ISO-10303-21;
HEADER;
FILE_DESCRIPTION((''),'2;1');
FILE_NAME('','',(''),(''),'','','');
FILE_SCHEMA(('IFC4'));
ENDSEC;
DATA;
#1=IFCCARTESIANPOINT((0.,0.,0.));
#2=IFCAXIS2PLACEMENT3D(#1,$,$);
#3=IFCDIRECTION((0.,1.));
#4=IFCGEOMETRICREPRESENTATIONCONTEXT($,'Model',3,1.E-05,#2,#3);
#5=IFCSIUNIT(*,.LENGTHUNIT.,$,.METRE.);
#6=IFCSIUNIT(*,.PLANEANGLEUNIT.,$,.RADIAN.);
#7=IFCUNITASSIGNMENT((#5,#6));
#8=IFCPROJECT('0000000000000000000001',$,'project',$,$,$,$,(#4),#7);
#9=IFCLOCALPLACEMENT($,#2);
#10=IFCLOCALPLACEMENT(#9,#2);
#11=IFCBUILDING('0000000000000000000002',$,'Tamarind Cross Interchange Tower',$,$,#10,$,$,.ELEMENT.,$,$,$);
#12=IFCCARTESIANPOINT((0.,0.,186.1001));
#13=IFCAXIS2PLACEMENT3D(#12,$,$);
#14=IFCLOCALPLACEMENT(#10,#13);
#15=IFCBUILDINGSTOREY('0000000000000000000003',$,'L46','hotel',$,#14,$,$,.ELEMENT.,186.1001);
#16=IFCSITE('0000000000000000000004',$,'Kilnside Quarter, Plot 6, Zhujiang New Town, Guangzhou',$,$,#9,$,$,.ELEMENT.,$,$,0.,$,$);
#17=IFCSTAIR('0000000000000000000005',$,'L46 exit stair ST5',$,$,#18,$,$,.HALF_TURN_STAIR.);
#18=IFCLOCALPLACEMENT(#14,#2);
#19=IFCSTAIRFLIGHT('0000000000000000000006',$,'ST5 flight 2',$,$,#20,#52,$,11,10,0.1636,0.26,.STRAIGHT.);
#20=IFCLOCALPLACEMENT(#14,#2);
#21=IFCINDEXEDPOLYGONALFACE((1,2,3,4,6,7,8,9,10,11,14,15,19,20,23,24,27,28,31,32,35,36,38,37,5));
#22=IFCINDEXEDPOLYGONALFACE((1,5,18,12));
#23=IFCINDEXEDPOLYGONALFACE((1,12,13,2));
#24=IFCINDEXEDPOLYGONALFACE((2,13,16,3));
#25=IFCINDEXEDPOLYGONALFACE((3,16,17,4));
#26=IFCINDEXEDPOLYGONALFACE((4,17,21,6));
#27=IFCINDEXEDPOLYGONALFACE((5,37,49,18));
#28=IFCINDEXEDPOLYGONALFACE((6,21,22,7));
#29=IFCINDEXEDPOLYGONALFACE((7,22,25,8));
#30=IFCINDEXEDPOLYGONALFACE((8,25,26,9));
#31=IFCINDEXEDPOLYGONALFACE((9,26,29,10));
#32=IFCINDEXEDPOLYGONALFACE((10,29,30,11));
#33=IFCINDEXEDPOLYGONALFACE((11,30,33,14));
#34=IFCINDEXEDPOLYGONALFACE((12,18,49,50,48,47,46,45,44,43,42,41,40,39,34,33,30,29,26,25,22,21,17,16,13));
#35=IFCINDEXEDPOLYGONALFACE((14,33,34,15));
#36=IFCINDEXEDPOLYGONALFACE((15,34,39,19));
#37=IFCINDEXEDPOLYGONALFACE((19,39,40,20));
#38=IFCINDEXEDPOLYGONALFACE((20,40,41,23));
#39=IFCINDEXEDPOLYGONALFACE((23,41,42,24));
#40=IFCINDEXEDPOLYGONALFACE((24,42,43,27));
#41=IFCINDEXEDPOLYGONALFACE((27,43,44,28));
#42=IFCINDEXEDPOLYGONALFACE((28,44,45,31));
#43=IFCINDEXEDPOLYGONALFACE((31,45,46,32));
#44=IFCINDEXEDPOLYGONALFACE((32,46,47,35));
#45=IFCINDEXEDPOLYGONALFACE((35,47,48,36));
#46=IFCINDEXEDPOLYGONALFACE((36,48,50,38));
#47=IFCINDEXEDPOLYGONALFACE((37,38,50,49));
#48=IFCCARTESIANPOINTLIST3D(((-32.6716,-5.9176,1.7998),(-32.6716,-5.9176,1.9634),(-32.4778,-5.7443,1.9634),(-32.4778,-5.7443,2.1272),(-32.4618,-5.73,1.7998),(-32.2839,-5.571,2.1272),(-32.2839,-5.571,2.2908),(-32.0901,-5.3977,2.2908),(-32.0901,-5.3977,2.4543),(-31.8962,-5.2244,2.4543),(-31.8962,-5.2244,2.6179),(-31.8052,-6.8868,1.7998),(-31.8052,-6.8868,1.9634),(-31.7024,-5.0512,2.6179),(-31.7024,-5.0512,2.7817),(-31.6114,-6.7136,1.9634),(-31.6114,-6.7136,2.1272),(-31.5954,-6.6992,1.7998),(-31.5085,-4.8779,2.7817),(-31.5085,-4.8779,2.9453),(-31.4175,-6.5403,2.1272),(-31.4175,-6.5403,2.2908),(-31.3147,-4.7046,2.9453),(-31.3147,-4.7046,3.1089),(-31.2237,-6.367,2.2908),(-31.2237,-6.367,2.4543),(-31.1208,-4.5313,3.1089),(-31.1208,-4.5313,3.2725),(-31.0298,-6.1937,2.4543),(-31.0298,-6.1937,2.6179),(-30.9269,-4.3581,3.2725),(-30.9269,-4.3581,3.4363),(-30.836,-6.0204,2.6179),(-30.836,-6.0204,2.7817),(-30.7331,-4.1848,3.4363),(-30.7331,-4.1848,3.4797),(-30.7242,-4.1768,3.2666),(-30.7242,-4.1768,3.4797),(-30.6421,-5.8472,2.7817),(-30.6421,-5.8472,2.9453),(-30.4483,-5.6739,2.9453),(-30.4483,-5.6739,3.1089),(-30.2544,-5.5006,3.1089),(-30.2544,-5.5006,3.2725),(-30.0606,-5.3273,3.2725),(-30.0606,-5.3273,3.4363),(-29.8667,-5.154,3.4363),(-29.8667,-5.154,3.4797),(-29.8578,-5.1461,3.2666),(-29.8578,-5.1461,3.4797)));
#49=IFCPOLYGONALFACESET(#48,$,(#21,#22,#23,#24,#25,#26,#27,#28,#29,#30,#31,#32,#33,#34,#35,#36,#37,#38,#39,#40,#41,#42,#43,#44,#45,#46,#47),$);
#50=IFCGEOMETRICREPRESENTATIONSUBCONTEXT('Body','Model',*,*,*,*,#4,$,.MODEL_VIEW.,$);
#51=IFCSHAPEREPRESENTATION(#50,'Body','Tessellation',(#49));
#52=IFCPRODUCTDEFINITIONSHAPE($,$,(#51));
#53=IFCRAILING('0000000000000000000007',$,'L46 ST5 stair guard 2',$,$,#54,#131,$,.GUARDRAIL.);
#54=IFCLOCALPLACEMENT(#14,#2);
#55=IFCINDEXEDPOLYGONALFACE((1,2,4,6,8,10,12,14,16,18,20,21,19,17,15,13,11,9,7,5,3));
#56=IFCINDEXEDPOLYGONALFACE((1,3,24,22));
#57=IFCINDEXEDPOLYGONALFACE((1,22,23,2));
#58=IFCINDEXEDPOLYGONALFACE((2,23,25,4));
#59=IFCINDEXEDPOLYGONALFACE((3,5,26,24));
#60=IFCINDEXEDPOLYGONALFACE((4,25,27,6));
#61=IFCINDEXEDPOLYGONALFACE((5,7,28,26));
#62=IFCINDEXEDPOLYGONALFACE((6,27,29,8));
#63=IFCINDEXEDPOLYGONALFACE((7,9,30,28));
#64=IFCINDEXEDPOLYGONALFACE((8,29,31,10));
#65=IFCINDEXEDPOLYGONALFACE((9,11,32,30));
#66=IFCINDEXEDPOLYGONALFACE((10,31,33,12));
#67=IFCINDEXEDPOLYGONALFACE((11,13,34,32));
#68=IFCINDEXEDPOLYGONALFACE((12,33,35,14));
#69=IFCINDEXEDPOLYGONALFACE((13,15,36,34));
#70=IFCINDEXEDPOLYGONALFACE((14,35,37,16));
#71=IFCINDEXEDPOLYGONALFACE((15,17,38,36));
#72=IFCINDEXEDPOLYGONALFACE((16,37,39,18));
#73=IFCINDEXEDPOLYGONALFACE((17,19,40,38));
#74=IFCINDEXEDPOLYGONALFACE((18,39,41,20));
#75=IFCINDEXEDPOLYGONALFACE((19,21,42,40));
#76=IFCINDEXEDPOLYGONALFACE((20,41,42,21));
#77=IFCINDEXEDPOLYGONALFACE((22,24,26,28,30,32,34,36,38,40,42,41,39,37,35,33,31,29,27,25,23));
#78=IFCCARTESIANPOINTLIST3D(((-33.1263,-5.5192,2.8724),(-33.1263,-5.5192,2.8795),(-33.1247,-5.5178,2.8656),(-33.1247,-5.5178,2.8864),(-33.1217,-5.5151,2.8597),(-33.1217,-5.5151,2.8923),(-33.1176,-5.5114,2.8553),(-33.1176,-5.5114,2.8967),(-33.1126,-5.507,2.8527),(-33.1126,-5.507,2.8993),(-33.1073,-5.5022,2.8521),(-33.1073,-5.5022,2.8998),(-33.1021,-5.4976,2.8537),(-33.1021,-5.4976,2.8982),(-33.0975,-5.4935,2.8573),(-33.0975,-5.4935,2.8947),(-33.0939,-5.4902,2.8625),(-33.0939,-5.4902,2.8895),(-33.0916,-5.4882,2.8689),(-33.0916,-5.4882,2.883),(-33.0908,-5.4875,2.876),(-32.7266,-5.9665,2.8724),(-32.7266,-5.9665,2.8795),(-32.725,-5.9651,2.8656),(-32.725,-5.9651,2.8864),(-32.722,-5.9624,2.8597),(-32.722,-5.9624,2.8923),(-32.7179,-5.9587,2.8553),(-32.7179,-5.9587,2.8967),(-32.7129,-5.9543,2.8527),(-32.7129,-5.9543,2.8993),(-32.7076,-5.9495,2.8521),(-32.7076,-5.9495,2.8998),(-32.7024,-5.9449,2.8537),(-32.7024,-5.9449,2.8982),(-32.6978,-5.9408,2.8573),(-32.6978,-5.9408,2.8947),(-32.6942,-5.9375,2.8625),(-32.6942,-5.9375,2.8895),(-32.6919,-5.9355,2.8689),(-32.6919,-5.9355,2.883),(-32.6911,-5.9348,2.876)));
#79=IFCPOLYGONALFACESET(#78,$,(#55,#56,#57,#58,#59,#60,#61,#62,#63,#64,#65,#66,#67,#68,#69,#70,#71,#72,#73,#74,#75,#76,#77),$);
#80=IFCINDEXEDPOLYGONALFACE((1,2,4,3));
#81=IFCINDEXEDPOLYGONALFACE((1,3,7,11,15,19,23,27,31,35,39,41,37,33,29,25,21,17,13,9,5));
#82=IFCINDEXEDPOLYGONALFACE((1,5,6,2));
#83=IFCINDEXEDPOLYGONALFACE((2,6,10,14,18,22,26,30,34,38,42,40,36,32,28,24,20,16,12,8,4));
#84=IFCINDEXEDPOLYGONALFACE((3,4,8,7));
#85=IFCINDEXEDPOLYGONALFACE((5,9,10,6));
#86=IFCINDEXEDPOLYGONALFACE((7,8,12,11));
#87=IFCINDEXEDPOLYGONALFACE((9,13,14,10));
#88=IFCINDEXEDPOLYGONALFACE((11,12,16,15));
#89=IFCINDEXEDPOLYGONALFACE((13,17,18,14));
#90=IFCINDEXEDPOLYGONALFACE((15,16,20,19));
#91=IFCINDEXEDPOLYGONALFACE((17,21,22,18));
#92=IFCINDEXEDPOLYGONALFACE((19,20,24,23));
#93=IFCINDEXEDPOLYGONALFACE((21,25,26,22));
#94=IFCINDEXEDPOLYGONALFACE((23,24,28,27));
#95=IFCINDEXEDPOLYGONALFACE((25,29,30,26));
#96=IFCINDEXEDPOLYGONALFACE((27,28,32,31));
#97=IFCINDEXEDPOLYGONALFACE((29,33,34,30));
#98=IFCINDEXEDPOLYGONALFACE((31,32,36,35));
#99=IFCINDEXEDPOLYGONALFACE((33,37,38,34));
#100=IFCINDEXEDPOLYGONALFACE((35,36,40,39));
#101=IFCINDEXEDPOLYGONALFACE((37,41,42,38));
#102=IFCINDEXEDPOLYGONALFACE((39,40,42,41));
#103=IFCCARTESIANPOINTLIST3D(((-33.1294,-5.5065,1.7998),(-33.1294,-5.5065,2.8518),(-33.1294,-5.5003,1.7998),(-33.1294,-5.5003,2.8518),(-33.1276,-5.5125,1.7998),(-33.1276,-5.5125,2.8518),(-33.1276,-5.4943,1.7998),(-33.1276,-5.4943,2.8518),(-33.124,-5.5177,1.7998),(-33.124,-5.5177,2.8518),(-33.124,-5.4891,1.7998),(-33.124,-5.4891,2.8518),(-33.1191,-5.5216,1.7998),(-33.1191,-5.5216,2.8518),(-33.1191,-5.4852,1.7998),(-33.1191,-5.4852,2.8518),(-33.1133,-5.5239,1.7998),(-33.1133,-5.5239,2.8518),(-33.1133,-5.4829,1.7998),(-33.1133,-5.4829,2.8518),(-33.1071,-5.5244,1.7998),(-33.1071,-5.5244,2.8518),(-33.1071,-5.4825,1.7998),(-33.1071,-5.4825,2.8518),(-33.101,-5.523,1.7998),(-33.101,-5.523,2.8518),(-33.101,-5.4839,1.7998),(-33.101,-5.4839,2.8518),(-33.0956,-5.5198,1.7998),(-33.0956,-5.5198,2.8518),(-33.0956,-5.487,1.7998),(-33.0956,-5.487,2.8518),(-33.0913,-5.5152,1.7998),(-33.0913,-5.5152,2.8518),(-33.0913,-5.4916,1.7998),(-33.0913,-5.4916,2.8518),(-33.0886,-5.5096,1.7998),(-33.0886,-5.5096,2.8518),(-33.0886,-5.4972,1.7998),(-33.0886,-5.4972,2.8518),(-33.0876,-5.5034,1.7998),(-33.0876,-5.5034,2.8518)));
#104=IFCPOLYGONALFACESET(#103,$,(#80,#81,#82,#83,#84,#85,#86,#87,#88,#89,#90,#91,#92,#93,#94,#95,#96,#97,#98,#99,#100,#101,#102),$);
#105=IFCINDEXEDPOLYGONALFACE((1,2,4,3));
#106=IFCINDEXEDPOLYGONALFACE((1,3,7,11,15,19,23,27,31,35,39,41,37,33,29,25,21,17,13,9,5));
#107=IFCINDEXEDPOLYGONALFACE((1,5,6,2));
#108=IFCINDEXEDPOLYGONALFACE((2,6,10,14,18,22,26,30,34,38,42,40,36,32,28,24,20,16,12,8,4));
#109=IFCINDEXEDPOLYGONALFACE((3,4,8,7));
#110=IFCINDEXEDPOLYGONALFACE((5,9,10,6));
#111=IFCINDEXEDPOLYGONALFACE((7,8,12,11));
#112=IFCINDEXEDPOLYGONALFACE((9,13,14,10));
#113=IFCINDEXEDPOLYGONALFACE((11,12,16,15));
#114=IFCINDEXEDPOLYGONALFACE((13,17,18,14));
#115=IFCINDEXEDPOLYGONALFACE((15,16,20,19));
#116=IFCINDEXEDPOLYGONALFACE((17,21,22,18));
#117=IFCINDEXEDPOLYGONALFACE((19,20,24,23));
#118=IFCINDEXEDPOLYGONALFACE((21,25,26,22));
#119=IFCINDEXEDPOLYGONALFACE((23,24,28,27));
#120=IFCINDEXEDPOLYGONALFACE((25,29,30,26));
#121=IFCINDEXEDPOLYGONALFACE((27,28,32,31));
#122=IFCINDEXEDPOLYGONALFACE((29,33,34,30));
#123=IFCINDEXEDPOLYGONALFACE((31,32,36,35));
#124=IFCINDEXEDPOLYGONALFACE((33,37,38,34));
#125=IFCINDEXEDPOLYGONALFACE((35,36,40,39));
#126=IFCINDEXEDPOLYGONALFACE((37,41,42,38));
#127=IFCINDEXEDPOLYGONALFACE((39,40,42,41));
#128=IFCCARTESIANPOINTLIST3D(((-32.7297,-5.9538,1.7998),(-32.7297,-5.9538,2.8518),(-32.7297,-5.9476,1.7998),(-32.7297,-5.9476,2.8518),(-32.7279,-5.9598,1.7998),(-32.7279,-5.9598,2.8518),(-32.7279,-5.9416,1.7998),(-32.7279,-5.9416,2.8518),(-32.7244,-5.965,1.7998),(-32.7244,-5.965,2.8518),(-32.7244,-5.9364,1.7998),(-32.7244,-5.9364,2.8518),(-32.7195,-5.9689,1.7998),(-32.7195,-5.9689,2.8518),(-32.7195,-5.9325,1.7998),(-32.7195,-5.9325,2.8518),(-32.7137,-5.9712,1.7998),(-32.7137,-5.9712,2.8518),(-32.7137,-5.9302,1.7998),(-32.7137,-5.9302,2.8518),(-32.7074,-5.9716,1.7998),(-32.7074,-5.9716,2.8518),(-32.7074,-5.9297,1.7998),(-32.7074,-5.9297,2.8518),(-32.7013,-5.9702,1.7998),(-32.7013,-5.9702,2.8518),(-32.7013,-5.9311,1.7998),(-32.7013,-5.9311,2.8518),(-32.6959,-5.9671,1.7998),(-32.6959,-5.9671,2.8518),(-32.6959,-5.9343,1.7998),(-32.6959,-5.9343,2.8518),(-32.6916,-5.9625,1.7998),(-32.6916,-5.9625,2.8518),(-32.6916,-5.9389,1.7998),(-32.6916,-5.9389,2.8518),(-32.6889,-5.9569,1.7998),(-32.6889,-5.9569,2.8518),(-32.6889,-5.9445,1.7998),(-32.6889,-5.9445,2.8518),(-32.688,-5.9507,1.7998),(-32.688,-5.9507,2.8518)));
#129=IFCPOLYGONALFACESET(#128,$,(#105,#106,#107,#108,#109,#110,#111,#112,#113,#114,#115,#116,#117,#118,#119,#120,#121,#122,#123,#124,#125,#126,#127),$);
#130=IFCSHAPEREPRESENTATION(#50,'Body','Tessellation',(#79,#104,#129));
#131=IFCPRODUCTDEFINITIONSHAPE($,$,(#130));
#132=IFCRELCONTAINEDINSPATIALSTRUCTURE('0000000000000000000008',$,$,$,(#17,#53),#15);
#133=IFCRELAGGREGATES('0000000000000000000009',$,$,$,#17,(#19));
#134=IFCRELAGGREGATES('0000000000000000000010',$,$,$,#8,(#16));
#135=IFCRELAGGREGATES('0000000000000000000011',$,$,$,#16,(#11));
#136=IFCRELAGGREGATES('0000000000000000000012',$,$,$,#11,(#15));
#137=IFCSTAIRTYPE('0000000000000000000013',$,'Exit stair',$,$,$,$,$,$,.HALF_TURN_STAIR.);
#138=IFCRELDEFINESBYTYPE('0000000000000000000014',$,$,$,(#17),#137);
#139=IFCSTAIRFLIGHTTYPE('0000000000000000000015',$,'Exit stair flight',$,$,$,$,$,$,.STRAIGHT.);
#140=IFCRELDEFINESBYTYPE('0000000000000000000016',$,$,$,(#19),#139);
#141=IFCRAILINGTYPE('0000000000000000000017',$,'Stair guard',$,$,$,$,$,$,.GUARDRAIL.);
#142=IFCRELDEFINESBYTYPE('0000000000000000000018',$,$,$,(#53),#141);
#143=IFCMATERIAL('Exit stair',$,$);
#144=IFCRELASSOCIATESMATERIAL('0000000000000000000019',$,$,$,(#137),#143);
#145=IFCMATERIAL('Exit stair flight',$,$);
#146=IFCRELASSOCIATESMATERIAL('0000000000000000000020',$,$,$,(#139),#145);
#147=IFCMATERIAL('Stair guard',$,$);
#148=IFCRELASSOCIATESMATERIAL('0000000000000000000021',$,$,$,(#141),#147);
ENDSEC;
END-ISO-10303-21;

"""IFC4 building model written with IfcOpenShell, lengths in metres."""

from ifc_helpers import new_model, si_unit, direction, frame, origin, origin_2d, place, context, subcontext, project, spatial, polyline, circle, outline, extrude, material, type_object, element, aggregate, save


model = new_model("IFC4")

# Units and contexts
model_context = context("Model", 3, precision=1e-05, world=origin(), true_north=direction((0.0, 1.0)))
body_context = subcontext(model_context, "Body", "Model", "MODEL_VIEW")
ifc_project = project(units=[si_unit("LENGTHUNIT", "METRE"), si_unit("PLANEANGLEUNIT", "RADIAN")], contexts=[model_context])

# Site, building, storey
site_placement = place(None, origin())
site = spatial("IfcSite", under=ifc_project, at=site_placement, Name="Kilnside Quarter, Plot 6, Zhujiang New Town, Guangzhou", CompositionType="ELEMENT", RefElevation=0.0)
building_placement = place(site_placement, origin())
building = spatial("IfcBuilding", under=site, at=building_placement, Name="Tamarind Cross Interchange Tower", CompositionType="ELEMENT")
storey_placement = place(building_placement, frame((0.0, 0.0, 186.1001)))
storey = spatial("IfcBuildingStorey", under=building, at=storey_placement, Name="L46", Description="hotel", CompositionType="ELEMENT", Elevation=186.1001)

# Stair, stair flight
ifc_material_1 = material(Name="Exit stair")
stair_type = type_object("IfcStairType", Name="Exit stair", PredefinedType="HALF_TURN_STAIR", material=ifc_material_1)
stair_placement = place(storey_placement, origin())
stair = element("IfcStair", 1, at=stair_placement, inside=storey, type_object=stair_type, Name="L46 exit stair ST5", PredefinedType="HALF_TURN_STAIR")
ifc_material_2 = material(Name="Exit stair flight")
stair_flight_type = type_object("IfcStairFlightType", Name="Exit stair flight", PredefinedType="STRAIGHT", material=ifc_material_2)
stair_flight_placement = place(storey_placement, frame((-32.2385, -6.4021, 1.7998), z_axis=(0.0, 0.0, 1.0), x_axis=(0.745569, 0.666428, 0.0)))
stair_flight = element("IfcStairFlight", 2, at=stair_flight_placement, type_object=stair_flight_type, Name="ST5 flight 2", NumberOfRisers=11, NumberOfTreads=10, PredefinedType="STRAIGHT", RiserHeight=0.1636, TreadLength=0.26, context=body_context, shape_type="SweptSolid", body=[
    extrude(outline(polyline([(0.0, 0.0), (0.0, 0.1636), (0.26, 0.1636), (0.26, 0.3274), (0.52, 0.3274), (0.52, 0.491), (0.78, 0.491), (0.78, 0.6545), (1.04, 0.6545), (1.04, 0.8181), (1.3, 0.8181), (1.3, 0.9819), (1.5601, 0.9819), (1.5601, 1.1455), (1.8201, 1.1455), (1.8201, 1.3091), (2.0801, 1.3091), (2.0801, 1.4727), (2.3401, 1.4727), (2.3401, 1.6365), (2.6001, 1.6365), (2.6001, 1.6799), (2.6121, 1.6799), (2.6121, 1.4668), (0.2815, 0.0), (0.0, 0.0)])), frame((0.0, 0.6499, 0.0), z_axis=(0.0, -1.0, 0.0), x_axis=(1.0, 0.0, 0.0)), (0.0, 0.0, 1.0), 1.3),
])
aggregate(stair, [stair_flight])

# Railing
ifc_material_3 = material(Name="Stair guard")
railing_type_1 = type_object("IfcRailingType", Name="Stair guard", PredefinedType="GUARDRAIL", material=ifc_material_3)
railing_1_placement = place(storey_placement, frame((-33.1086, -5.5034, 1.7998)))
element("IfcRailing", 3, at=railing_1_placement, inside=storey, type_object=railing_type_1, Name="L46 ST5 stair guard 2", PredefinedType="GUARDRAIL", context=body_context, shape_type="SweptSolid", body=[
    extrude(circle(Radius=0.0239, at=origin_2d()), frame((0.0, 0.0, 1.0762), z_axis=(0.666307, -0.745678, 0.0), x_axis=(0.745678, 0.666307, 0.0)), (0.0, 0.0, 1.0), 0.5999),
    extrude(circle(Radius=0.021, at=origin_2d()), origin(), (0.0, 0.0, 1.0), 1.052),
    extrude(circle(Radius=0.021, at=origin_2d()), frame((0.3997, -0.4473, 0.0)), (0.0, 0.0, 1.0), 1.052),
])

save(model, "model.ifc")
